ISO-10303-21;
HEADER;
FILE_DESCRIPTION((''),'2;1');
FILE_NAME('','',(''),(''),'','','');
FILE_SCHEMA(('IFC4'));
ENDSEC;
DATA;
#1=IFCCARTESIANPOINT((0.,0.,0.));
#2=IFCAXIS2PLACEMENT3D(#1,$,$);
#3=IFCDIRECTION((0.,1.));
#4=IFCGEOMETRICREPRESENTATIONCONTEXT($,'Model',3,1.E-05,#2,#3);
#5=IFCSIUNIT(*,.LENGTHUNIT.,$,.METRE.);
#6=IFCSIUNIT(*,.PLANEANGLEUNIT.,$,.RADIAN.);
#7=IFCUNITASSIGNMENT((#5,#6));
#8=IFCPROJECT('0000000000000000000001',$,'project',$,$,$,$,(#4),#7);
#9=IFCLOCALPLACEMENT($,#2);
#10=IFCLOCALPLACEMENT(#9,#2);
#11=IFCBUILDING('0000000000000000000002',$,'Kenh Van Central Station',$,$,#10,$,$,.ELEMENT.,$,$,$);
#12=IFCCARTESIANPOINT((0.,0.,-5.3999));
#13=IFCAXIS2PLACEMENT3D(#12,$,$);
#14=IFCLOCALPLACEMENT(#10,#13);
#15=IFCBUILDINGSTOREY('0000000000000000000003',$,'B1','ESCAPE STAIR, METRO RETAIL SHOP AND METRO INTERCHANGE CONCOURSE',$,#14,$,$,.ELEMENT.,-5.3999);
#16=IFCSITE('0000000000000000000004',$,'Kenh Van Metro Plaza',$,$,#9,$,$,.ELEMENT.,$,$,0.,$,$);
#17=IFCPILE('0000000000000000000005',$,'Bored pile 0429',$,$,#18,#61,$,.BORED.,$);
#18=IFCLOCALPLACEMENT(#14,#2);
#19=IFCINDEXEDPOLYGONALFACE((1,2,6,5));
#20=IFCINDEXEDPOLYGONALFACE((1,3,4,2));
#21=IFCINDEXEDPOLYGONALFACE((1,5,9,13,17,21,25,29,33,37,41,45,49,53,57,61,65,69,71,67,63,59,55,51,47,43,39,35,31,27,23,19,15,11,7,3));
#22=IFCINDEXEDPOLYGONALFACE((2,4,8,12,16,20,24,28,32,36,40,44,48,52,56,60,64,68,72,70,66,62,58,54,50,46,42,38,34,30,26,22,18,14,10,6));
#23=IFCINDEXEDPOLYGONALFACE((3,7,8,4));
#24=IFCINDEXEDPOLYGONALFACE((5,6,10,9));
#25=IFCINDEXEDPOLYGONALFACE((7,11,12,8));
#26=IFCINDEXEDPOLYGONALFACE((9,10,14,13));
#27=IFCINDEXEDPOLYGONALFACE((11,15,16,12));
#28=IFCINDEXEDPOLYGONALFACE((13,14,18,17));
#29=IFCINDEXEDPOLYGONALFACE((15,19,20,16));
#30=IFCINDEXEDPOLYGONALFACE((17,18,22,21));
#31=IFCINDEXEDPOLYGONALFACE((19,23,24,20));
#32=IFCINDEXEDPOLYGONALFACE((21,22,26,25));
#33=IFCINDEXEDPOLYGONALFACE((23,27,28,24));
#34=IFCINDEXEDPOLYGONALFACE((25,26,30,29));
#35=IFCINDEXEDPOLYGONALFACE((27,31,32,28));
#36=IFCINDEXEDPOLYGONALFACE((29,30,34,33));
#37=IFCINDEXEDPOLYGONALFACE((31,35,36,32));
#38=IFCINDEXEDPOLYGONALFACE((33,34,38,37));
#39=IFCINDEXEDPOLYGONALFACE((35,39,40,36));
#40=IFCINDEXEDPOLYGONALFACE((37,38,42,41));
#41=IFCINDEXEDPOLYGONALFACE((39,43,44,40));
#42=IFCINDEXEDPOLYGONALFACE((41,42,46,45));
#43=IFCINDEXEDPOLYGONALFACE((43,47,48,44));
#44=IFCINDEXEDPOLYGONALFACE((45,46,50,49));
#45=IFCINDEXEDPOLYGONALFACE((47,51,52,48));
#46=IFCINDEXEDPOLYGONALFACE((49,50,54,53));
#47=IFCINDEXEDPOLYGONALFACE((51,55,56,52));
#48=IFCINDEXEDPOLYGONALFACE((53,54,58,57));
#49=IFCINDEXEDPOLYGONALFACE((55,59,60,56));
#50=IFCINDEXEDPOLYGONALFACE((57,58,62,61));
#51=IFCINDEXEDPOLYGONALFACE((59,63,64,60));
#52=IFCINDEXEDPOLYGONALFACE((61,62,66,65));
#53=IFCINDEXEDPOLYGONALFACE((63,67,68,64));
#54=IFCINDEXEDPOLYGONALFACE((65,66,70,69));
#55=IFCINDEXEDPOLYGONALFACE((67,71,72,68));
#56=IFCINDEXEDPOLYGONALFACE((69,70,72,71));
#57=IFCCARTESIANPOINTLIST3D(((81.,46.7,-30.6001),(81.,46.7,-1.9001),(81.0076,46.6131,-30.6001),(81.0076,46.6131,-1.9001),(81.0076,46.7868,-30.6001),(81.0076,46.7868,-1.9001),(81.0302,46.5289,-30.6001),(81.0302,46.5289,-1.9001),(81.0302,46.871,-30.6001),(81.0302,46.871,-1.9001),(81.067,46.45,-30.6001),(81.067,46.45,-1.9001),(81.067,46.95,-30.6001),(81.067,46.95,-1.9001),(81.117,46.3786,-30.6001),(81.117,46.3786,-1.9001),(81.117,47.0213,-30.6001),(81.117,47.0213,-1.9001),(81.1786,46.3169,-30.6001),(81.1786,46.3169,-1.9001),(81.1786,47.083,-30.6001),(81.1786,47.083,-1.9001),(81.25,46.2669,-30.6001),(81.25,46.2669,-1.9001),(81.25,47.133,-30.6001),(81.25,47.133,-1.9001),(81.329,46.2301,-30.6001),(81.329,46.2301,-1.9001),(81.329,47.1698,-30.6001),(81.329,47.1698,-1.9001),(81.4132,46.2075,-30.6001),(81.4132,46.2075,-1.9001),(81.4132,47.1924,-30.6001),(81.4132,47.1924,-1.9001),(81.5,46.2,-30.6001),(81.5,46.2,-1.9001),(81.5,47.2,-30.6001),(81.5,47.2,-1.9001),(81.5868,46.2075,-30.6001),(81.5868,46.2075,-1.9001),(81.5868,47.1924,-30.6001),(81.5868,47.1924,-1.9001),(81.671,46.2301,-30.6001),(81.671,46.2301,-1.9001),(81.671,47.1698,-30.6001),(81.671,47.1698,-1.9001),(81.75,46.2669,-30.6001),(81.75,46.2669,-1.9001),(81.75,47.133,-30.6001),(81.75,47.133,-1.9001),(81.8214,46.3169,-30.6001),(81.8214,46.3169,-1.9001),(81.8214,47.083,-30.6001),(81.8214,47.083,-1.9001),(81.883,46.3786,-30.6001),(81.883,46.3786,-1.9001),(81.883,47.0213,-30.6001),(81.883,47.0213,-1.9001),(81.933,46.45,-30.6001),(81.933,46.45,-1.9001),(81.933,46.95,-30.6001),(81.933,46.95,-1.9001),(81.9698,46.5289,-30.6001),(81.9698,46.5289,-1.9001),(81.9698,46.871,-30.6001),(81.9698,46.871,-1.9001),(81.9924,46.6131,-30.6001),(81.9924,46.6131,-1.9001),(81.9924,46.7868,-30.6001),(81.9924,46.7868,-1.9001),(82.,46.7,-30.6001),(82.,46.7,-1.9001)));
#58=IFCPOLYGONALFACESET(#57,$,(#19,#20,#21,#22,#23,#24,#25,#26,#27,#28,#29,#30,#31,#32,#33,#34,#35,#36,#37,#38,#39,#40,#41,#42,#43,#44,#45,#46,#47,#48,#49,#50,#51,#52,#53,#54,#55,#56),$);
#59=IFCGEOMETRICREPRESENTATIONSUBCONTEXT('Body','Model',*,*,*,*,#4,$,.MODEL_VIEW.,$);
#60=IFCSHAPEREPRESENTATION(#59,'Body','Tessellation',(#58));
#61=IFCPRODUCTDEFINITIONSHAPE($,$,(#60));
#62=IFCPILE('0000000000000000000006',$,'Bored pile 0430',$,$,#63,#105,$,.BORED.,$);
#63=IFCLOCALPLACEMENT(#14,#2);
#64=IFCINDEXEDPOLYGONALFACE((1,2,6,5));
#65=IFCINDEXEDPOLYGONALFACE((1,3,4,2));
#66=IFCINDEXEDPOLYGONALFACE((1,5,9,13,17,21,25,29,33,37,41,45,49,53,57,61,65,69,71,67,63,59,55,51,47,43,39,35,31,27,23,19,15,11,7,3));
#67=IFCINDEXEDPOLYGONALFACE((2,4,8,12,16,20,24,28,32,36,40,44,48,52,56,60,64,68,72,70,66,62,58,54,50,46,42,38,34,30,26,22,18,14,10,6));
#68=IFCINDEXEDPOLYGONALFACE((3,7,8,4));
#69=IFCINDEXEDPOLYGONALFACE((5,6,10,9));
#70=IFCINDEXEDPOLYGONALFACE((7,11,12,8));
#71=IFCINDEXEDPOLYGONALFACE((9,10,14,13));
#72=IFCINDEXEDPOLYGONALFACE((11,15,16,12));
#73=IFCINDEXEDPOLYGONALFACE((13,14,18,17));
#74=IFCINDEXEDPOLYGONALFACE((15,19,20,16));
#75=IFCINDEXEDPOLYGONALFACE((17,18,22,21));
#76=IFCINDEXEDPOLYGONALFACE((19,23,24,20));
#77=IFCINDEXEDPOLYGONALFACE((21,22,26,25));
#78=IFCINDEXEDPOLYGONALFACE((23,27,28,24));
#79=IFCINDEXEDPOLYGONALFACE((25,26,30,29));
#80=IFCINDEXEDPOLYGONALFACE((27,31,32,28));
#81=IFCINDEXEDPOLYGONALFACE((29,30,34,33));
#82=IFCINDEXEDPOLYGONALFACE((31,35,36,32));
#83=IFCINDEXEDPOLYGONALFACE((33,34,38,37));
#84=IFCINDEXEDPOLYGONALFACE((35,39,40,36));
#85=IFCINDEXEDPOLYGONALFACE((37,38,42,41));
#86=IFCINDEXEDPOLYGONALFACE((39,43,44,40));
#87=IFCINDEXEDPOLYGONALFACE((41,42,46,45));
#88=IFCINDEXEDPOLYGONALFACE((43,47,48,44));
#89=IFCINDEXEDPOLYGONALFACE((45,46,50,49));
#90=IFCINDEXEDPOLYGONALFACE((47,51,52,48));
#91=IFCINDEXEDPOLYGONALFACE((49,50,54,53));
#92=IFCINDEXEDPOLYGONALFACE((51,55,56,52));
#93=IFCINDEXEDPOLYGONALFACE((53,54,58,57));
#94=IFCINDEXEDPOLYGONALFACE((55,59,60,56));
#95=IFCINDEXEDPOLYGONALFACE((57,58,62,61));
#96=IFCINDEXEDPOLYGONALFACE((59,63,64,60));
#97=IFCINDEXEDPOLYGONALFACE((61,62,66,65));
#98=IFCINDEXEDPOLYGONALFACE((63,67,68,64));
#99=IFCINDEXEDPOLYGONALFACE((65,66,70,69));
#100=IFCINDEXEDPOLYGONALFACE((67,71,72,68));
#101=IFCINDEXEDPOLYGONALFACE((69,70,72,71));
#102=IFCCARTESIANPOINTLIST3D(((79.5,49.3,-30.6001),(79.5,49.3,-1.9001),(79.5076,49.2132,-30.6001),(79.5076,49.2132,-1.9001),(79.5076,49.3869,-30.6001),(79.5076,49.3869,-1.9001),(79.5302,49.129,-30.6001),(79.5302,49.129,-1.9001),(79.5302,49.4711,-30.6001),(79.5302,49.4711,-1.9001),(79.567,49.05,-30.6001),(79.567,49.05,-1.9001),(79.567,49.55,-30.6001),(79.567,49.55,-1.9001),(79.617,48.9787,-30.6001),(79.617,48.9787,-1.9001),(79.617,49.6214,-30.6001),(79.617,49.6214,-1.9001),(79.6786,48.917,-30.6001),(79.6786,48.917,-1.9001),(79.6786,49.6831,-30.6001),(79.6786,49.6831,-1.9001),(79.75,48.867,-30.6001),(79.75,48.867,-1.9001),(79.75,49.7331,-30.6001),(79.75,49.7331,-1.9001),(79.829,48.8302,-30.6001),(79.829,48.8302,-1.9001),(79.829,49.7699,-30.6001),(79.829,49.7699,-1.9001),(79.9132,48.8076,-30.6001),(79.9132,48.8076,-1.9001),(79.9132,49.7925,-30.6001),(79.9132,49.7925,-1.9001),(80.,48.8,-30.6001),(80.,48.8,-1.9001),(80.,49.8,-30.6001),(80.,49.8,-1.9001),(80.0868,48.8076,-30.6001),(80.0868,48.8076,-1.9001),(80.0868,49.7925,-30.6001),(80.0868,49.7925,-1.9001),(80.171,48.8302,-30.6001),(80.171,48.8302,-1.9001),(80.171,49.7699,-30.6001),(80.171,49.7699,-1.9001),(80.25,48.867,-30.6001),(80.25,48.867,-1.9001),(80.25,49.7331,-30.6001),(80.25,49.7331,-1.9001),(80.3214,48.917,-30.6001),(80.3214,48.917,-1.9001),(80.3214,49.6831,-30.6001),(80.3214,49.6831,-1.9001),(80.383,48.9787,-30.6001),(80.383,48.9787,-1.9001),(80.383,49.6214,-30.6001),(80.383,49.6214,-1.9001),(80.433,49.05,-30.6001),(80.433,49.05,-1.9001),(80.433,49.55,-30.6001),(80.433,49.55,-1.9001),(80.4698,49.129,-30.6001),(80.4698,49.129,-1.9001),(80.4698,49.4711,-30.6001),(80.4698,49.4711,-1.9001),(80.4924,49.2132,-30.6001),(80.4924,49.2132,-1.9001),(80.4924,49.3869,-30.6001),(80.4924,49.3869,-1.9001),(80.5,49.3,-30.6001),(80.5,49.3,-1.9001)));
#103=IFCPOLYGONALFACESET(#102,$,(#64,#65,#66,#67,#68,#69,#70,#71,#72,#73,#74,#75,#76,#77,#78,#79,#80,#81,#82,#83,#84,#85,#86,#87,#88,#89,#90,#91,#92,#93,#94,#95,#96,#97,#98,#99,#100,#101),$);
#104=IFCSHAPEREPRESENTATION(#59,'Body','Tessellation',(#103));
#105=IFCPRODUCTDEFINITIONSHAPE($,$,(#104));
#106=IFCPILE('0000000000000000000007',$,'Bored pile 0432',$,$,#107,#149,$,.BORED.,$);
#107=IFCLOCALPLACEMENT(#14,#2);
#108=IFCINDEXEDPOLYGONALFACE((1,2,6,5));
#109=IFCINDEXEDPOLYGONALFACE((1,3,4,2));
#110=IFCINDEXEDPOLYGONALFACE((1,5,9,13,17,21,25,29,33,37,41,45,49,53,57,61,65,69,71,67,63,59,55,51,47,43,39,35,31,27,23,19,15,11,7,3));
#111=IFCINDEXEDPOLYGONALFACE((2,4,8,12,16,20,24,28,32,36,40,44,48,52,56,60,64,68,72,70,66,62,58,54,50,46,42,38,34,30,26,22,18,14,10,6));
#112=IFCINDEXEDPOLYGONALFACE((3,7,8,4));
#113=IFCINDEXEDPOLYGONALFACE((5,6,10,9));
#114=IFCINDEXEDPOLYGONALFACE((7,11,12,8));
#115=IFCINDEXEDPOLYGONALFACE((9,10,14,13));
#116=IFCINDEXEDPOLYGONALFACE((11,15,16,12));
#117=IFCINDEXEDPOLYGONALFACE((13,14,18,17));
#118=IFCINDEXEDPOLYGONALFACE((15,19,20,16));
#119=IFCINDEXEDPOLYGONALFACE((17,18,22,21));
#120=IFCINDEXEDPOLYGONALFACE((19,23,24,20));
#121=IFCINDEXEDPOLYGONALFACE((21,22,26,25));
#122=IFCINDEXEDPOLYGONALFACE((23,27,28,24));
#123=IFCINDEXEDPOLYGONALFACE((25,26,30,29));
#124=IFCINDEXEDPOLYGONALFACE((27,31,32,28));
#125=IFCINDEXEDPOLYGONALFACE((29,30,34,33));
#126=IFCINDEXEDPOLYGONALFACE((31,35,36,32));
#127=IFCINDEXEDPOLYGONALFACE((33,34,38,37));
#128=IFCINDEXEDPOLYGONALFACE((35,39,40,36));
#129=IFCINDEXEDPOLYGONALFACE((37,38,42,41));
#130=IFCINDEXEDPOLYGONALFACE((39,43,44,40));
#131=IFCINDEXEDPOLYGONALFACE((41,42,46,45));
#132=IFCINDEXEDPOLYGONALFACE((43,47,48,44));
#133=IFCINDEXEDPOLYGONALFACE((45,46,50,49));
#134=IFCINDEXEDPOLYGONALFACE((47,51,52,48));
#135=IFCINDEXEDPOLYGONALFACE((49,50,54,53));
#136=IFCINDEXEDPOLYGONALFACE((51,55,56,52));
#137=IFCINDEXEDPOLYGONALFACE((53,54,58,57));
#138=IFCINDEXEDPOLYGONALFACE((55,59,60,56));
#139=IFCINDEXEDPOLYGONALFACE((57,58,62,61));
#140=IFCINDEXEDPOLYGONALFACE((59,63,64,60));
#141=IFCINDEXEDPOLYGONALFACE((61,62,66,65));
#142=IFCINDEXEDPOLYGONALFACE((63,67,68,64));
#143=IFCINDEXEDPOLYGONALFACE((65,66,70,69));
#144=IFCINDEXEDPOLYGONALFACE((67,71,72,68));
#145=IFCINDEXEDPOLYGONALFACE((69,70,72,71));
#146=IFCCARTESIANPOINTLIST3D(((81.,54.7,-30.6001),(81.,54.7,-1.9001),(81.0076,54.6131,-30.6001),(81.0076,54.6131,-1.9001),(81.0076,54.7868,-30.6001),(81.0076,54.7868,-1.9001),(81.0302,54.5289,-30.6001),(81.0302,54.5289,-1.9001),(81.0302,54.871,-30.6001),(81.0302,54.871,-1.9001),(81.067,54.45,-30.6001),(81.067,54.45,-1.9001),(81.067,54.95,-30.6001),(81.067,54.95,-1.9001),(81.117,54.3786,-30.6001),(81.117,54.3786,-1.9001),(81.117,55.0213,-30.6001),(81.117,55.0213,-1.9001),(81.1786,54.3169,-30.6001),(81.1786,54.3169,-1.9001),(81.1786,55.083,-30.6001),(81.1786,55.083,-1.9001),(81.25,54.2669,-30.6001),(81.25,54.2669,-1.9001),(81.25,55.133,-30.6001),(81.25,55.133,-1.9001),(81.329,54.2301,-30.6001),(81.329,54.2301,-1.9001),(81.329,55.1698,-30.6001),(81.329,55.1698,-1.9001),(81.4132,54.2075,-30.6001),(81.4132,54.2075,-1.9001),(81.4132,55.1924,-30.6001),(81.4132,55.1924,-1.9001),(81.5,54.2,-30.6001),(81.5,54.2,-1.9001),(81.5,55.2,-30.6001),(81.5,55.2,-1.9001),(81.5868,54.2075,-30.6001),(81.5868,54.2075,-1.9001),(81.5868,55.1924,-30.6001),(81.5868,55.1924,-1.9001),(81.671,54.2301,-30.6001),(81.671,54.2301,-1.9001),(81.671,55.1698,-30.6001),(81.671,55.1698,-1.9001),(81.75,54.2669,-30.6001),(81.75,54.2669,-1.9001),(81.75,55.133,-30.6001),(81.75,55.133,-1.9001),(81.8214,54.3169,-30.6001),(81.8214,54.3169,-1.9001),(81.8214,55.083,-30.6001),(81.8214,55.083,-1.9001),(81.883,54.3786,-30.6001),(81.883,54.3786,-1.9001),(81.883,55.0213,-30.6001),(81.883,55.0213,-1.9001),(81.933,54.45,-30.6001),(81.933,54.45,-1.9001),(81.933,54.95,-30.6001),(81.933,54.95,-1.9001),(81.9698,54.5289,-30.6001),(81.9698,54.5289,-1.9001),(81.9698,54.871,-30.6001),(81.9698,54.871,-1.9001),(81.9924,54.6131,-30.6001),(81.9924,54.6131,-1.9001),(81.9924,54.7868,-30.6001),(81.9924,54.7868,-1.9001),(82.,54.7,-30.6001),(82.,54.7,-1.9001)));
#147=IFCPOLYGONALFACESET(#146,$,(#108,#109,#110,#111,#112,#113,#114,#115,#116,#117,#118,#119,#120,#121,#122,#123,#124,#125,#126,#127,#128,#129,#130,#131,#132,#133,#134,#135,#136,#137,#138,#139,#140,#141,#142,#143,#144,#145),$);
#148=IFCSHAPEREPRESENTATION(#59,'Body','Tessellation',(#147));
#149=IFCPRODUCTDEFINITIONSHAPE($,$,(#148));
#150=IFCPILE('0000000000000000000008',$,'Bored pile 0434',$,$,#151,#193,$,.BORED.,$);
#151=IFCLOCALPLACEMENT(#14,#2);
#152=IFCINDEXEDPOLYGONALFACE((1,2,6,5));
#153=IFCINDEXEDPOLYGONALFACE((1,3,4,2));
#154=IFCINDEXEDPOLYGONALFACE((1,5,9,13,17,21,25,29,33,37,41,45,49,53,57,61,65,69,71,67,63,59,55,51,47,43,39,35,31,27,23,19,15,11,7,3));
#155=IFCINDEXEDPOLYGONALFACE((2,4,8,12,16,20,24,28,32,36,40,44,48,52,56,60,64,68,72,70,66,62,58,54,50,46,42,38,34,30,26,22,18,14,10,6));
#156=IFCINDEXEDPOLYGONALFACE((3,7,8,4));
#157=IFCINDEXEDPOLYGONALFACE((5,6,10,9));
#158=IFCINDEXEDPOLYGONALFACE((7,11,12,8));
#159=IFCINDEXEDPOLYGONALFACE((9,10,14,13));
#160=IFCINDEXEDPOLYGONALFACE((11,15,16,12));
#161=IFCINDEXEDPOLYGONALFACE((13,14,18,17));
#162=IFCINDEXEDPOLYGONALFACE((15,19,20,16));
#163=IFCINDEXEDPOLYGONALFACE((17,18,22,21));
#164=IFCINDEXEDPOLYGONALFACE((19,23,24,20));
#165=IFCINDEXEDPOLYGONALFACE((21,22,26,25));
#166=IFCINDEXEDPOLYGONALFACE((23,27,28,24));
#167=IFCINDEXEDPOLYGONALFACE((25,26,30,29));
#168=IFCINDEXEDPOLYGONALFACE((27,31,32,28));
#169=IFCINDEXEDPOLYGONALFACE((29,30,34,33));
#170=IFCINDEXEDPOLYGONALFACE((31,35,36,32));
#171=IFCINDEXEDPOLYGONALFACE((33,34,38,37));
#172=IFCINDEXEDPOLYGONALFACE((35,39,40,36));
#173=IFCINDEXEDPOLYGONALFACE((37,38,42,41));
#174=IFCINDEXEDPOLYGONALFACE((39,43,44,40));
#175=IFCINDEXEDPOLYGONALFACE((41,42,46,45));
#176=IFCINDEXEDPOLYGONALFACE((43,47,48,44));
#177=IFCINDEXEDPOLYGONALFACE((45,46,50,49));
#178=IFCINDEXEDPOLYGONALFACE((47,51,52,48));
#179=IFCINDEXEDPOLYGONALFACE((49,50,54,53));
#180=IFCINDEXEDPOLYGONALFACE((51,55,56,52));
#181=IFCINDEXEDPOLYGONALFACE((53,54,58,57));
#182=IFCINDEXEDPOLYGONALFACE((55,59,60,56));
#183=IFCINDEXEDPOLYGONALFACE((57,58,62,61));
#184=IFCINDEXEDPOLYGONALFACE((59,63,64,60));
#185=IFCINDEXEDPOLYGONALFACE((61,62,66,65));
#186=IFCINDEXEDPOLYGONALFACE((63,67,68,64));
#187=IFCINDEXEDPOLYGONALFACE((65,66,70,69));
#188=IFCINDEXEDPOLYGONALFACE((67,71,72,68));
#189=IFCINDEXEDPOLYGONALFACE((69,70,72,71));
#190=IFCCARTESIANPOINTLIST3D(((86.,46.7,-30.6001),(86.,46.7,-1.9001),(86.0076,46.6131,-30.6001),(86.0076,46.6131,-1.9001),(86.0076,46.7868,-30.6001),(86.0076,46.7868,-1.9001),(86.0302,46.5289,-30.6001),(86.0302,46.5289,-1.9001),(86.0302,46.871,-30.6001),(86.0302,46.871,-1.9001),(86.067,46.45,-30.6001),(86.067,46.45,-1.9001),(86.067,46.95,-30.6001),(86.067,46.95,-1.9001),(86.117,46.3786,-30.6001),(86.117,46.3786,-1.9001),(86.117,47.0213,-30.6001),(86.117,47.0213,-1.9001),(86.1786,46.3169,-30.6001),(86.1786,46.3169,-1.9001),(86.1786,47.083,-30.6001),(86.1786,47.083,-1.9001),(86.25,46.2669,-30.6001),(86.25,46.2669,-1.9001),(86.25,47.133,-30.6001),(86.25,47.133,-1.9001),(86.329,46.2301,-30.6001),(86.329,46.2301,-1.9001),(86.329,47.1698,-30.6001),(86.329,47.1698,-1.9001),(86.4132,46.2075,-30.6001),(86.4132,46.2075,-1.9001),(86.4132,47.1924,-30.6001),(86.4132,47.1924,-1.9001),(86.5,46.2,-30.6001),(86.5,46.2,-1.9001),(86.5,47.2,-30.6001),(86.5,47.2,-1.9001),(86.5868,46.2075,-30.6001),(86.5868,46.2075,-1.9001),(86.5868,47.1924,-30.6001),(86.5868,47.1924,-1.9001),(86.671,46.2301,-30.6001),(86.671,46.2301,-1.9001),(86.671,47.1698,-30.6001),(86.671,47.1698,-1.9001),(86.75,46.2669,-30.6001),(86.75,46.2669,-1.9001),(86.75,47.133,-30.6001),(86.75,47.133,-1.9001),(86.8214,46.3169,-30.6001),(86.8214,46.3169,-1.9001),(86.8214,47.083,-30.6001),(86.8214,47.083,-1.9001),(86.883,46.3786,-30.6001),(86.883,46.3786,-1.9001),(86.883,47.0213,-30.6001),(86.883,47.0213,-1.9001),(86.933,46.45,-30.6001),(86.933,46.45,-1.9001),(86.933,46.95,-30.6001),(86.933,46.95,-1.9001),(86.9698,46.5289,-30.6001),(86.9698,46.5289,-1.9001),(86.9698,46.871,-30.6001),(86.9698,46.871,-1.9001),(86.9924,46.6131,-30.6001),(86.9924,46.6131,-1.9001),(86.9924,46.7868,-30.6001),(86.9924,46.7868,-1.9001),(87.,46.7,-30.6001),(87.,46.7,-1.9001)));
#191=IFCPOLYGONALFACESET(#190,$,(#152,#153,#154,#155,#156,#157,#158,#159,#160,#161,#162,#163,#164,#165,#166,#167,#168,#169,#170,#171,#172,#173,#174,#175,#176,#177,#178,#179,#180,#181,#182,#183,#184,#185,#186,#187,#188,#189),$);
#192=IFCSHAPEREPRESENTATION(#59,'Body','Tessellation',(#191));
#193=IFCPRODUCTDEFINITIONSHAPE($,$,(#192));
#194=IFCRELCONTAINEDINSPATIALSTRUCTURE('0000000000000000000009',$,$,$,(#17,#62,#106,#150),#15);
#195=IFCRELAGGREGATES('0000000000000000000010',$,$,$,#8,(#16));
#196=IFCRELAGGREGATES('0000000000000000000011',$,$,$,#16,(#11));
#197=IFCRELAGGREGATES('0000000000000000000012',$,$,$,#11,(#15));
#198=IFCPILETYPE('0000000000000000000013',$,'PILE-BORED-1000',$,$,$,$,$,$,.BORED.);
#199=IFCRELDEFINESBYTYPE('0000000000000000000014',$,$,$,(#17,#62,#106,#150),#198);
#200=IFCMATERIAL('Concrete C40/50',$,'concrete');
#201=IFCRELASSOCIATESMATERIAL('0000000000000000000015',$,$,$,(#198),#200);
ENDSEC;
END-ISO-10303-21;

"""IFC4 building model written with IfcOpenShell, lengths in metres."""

from ifc_helpers import new_model, si_unit, direction, frame, origin, origin_2d, place, context, subcontext, project, spatial, circle, extrude, material, material_profile, profile_set, type_object, element, save


model = new_model("IFC4")

# Units and contexts
model_context = context("Model", 3, precision=1e-05, world=origin(), true_north=direction((0.0, 1.0)))
body_context = subcontext(model_context, "Body", "Model", "MODEL_VIEW")
ifc_project = project(units=[si_unit("LENGTHUNIT", "METRE"), si_unit("PLANEANGLEUNIT", "RADIAN")], contexts=[model_context])

# Site, building, storey
site_placement = place(None, origin())
site = spatial("IfcSite", under=ifc_project, at=site_placement, Name="Kenh Van Metro Plaza", CompositionType="ELEMENT", RefElevation=0.0)
building_placement = place(site_placement, origin())
building = spatial("IfcBuilding", under=site, at=building_placement, Name="Kenh Van Central Station", CompositionType="ELEMENT")
storey_placement = place(building_placement, frame((0.0, 0.0, -5.3999)))
storey = spatial("IfcBuildingStorey", under=building, at=storey_placement, Name="B1", Description="ESCAPE STAIR, METRO RETAIL SHOP AND METRO INTERCHANGE CONCOURSE", CompositionType="ELEMENT", Elevation=-5.3999)

# Shared definitions
ifc_material_1 = material(Name="Concrete C40/50", Category="concrete")

# Piles
ifc_material_profile_1 = material_profile(ifc_material_1, circle(Radius=0.5, at=origin_2d()), Name="PILE D1000")
ifc_profile_set_1 = profile_set([ifc_material_profile_1], Name="Concrete C40/50")
pile_type = type_object("IfcPileType", Name="PILE-BORED-1000", PredefinedType="BORED", material=ifc_profile_set_1)
for number, where, z_axis, x_axis, name in (
    (1, (81.5, 46.7, -1.9001), (0.0, 0.0, -1.0), (1.0, 0.0, 0.0), "Bored pile 0429"),
    (2, (80.0, 49.3, -1.9001), (0.0, 0.0, -1.0), (1.0, 0.0, 0.0), "Bored pile 0430"),
    (3, (81.5, 54.7, -1.9001), (0.0, 0.0, -1.0), (1.0, 0.0, 0.0), "Bored pile 0432"),
    (4, (86.5, 46.7, -1.9001), (0.0, 0.0, -1.0), (1.0, 0.0, 0.0), "Bored pile 0434"),
):
    element("IfcPile", number, at=place(storey_placement, frame(where, z_axis=z_axis, x_axis=x_axis)), inside=storey, type_object=pile_type, Name=name, PredefinedType="BORED", context=body_context, shape_type="SweptSolid", body=[
        extrude(circle(Radius=0.5, at=origin_2d()), origin(), (0.0, 0.0, 1.0), 28.7),
    ])

save(model, "model.ifc")
